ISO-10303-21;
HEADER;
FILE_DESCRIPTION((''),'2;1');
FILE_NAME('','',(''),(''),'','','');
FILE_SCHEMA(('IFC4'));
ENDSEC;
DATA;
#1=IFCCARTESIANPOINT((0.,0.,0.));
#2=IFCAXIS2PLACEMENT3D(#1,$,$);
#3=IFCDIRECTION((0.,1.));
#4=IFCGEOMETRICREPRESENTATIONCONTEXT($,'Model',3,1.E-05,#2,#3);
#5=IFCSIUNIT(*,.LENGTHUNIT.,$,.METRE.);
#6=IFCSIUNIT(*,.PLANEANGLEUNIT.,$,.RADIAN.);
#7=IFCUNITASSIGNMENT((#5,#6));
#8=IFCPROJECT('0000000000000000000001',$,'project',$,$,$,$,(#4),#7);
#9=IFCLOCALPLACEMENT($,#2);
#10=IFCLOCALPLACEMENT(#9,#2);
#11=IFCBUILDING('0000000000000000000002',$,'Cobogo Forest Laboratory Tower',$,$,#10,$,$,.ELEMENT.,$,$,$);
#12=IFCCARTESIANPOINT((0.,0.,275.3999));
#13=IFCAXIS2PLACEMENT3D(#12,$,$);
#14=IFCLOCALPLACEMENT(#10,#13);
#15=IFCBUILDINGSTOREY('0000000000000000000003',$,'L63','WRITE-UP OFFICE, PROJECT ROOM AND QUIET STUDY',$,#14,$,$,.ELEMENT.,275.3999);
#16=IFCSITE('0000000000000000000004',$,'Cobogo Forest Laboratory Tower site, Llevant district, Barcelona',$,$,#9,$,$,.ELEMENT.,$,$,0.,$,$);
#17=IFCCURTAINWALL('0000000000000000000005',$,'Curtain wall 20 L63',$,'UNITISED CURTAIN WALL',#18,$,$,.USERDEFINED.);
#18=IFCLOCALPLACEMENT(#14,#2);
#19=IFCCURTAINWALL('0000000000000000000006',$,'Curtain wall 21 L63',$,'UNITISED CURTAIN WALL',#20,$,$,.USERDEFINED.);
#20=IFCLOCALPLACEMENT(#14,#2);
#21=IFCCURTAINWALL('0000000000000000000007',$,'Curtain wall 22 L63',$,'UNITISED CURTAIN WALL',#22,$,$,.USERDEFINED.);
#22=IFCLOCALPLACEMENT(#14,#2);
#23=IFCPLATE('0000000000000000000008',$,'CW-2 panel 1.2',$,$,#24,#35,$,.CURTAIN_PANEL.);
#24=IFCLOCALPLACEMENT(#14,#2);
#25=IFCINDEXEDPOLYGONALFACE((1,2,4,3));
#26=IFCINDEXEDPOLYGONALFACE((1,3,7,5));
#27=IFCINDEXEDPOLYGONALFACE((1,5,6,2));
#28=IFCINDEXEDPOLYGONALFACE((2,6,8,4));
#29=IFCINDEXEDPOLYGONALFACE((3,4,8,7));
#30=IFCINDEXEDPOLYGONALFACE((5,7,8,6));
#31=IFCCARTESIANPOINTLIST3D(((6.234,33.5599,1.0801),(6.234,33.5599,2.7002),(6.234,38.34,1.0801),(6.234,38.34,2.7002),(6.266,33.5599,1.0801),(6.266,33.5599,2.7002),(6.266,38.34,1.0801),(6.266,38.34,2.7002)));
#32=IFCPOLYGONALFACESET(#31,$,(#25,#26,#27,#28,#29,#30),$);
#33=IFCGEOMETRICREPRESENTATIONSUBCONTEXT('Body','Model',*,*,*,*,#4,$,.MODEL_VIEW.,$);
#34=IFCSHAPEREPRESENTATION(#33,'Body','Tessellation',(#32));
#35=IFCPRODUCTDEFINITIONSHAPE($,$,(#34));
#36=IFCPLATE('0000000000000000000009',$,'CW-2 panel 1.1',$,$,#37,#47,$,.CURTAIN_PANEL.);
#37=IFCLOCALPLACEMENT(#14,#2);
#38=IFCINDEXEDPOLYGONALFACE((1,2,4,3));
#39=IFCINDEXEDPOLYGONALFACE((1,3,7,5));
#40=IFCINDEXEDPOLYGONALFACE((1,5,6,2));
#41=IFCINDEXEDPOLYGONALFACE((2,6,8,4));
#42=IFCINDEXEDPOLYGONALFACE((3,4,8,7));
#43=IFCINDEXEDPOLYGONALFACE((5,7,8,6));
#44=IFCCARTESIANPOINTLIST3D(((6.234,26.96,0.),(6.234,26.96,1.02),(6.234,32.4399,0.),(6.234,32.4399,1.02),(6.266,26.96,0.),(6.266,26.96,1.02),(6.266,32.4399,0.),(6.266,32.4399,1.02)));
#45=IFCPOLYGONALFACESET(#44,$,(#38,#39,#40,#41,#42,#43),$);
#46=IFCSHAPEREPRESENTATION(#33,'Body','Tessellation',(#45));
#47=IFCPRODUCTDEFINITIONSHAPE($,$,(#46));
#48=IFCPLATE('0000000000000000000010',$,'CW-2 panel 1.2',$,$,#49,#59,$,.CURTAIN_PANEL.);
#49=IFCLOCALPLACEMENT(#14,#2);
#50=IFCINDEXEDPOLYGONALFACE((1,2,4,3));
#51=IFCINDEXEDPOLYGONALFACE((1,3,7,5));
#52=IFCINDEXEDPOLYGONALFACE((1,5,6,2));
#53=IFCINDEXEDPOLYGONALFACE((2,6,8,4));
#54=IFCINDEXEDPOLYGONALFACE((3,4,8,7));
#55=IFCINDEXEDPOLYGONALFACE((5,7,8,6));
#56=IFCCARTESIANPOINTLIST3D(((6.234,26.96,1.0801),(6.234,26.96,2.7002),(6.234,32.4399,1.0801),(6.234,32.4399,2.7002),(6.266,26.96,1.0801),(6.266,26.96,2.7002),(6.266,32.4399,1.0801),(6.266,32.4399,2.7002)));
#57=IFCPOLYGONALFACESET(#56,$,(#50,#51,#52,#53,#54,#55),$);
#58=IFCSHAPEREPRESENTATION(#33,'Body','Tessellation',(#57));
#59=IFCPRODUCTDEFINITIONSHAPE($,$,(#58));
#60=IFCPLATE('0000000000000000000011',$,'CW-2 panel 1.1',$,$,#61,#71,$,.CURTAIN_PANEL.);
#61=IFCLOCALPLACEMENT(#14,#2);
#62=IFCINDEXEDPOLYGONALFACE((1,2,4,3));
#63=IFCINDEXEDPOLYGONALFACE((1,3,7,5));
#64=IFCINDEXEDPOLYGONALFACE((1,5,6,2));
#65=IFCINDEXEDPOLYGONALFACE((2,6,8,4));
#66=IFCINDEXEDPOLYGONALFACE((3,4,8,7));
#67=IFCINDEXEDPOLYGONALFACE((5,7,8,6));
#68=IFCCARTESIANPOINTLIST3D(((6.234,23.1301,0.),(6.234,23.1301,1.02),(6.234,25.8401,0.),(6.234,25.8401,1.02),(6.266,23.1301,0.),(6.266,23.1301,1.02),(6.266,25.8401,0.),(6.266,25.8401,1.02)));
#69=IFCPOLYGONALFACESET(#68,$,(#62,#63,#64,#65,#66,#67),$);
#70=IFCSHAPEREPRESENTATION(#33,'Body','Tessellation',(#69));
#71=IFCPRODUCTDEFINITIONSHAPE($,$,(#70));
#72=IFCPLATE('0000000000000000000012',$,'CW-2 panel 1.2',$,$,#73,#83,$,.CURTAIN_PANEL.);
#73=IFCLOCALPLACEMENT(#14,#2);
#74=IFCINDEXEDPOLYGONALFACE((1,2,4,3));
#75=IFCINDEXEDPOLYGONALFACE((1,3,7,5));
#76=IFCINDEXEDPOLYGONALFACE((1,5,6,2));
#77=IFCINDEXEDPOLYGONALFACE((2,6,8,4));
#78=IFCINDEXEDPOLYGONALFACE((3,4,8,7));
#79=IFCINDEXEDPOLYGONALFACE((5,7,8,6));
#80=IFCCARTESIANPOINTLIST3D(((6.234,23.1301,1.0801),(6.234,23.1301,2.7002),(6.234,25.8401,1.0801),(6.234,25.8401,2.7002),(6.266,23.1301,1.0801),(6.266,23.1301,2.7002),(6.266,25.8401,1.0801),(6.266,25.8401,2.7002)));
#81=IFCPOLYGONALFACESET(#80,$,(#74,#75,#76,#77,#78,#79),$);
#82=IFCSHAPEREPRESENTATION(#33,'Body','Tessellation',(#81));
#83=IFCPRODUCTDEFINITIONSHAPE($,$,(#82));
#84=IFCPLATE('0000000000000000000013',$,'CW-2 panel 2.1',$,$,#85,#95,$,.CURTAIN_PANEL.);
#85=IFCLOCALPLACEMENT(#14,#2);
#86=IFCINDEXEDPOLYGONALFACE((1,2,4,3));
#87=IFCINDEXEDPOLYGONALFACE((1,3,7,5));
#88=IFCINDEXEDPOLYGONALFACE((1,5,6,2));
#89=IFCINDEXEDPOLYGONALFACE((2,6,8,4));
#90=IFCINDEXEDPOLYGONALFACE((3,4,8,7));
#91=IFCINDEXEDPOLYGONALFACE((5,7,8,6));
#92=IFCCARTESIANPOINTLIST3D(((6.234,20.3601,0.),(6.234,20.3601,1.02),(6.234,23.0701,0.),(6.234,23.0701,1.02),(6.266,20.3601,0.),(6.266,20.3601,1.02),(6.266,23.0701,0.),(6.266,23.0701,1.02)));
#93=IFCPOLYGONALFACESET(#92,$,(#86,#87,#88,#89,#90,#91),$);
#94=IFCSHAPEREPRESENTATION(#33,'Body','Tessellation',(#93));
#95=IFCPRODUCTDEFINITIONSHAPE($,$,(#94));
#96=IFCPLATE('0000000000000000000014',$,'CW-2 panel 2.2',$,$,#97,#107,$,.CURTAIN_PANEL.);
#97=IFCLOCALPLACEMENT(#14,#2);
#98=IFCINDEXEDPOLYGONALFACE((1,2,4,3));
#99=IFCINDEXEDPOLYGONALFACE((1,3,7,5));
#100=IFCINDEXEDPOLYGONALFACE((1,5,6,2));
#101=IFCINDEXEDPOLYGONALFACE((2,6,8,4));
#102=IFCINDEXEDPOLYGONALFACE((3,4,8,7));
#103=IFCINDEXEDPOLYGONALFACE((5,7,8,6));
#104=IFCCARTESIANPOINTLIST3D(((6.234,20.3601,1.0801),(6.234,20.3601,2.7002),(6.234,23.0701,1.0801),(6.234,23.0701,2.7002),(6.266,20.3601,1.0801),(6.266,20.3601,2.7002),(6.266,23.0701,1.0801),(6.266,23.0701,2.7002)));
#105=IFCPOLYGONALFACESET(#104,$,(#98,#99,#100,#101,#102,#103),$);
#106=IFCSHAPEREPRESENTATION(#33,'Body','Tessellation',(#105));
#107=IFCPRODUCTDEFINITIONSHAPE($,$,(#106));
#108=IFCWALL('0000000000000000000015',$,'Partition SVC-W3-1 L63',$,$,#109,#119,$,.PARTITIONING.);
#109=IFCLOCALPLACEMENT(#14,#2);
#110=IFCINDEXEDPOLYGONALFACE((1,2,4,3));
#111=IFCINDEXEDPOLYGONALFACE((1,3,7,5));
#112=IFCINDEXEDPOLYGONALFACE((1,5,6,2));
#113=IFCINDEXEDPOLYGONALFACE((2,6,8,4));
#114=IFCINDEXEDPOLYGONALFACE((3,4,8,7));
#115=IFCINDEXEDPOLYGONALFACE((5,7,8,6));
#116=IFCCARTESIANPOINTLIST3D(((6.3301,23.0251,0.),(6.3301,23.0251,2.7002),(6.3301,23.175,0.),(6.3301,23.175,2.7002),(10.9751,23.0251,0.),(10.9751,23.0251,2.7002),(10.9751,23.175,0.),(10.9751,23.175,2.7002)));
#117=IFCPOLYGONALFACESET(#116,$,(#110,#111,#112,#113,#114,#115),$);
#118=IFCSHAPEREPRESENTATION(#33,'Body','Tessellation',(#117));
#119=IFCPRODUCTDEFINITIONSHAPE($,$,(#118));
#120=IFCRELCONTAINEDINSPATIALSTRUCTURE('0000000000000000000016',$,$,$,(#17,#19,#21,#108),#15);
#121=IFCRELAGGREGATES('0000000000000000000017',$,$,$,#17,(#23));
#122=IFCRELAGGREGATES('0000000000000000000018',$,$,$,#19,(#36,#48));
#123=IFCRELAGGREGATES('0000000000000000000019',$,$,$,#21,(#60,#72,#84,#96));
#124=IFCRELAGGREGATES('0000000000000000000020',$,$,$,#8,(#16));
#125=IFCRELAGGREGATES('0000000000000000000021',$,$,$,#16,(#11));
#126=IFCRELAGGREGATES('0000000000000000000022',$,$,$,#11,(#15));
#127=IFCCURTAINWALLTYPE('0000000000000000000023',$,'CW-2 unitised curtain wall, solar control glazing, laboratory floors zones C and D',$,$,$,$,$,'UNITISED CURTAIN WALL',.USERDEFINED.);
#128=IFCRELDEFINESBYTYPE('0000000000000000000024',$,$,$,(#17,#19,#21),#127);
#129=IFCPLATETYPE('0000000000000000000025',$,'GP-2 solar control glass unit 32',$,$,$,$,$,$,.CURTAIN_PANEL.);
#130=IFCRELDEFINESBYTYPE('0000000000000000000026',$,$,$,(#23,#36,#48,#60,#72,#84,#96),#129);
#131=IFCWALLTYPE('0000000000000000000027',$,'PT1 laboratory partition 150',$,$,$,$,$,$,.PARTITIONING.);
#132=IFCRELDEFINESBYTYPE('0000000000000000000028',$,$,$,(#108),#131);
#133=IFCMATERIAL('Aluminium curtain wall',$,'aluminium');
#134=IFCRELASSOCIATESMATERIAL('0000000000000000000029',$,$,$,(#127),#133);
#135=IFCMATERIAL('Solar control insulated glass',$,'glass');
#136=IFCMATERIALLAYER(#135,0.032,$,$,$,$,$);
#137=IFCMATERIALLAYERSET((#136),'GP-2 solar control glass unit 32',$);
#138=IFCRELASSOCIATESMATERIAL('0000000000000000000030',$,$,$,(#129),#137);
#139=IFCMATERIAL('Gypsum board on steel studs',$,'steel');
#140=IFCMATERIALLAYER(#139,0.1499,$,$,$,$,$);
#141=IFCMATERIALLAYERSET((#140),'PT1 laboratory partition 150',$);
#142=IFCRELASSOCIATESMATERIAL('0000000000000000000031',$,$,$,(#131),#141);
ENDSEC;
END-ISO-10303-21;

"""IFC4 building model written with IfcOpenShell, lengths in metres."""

from ifc_helpers import new_model, si_unit, direction, frame, frame_2d, origin, origin_2d, place, context, subcontext, project, spatial, rectangle, extrude, material, layer, layer_set, type_object, element, aggregate, save


model = new_model("IFC4")

# Units and contexts
model_context = context("Model", 3, precision=1e-05, world=origin(), true_north=direction((0.0, 1.0)))
body_context = subcontext(model_context, "Body", "Model", "MODEL_VIEW")
ifc_project = project(units=[si_unit("LENGTHUNIT", "METRE"), si_unit("PLANEANGLEUNIT", "RADIAN")], contexts=[model_context])

# Site, building, storey
site_placement = place(None, origin())
site = spatial("IfcSite", under=ifc_project, at=site_placement, Name="Cobogo Forest Laboratory Tower site, Llevant district, Barcelona", CompositionType="ELEMENT", RefElevation=0.0)
building_placement = place(site_placement, origin())
building = spatial("IfcBuilding", under=site, at=building_placement, Name="Cobogo Forest Laboratory Tower", CompositionType="ELEMENT")
storey_placement = place(building_placement, frame((0.0, 0.0, 275.3999)))
storey = spatial("IfcBuildingStorey", under=building, at=storey_placement, Name="L63", Description="WRITE-UP OFFICE, PROJECT ROOM AND QUIET STUDY", CompositionType="ELEMENT", Elevation=275.3999)

# Curtain wall
ifc_material_1 = material(Name="Aluminium curtain wall", Category="aluminium")
curtain_wall_type = type_object("IfcCurtainWallType", Name="CW-2 unitised curtain wall, solar control glazing, laboratory floors zones C and D", ElementType="UNITISED CURTAIN WALL", PredefinedType="USERDEFINED", material=ifc_material_1)
curtain_wall_1_placement = place(storey_placement, origin())
curtain_wall_1 = element("IfcCurtainWall", 1, at=curtain_wall_1_placement, inside=storey, type_object=curtain_wall_type, Name="Curtain wall 20 L63", ObjectType="UNITISED CURTAIN WALL", PredefinedType="USERDEFINED")

# Curtain walls
curtain_wall_2_placement = place(storey_placement, origin())
curtain_wall_2 = element("IfcCurtainWall", 2, at=curtain_wall_2_placement, inside=storey, type_object=curtain_wall_type, Name="Curtain wall 21 L63", ObjectType="UNITISED CURTAIN WALL", PredefinedType="USERDEFINED")
curtain_wall_3_placement = place(storey_placement, origin())
curtain_wall_3 = element("IfcCurtainWall", 3, at=curtain_wall_3_placement, inside=storey, type_object=curtain_wall_type, Name="Curtain wall 22 L63", ObjectType="UNITISED CURTAIN WALL", PredefinedType="USERDEFINED")

# Plates
ifc_material_2 = material(Name="Solar control insulated glass", Category="glass")
ifc_layer_1 = layer(ifc_material_2, 0.032)
ifc_layer_set_1 = layer_set([ifc_layer_1], Name="GP-2 solar control glass unit 32")
plate_type_1 = type_object("IfcPlateType", Name="GP-2 solar control glass unit 32", PredefinedType="CURTAIN_PANEL", material=ifc_layer_set_1)
plate_1_placement = place(storey_placement, frame((6.25, 35.95, 1.0801), z_axis=(0.0, 0.0, 1.0), x_axis=(0.0, -1.0, 0.0)))
plate_1 = element("IfcPlate", 4, at=plate_1_placement, type_object=plate_type_1, Name="CW-2 panel 1.2", PredefinedType="CURTAIN_PANEL", context=body_context, shape_type="SweptSolid", body=[
    extrude(rectangle(XDim=4.78, YDim=0.032, at=origin_2d()), origin(), (0.0, 0.0, 1.0), 1.6201),
])
aggregate(curtain_wall_1, [plate_1])
plate_2_placement = place(storey_placement, frame((6.25, 29.7, 0.0), z_axis=(0.0, 0.0, 1.0), x_axis=(0.0, -1.0, 0.0)))
plate_2 = element("IfcPlate", 5, at=plate_2_placement, type_object=plate_type_1, Name="CW-2 panel 1.1", PredefinedType="CURTAIN_PANEL", context=body_context, shape_type="SweptSolid", body=[
    extrude(rectangle(XDim=5.48, YDim=0.032, at=origin_2d()), origin(), (0.0, 0.0, 1.0), 1.02),
])
plate_3_placement = place(storey_placement, frame((6.25, 29.7, 1.0801), z_axis=(0.0, 0.0, 1.0), x_axis=(0.0, -1.0, 0.0)))
plate_3 = element("IfcPlate", 6, at=plate_3_placement, type_object=plate_type_1, Name="CW-2 panel 1.2", PredefinedType="CURTAIN_PANEL", context=body_context, shape_type="SweptSolid", body=[
    extrude(rectangle(XDim=5.48, YDim=0.032, at=origin_2d()), origin(), (0.0, 0.0, 1.0), 1.6201),
])
aggregate(curtain_wall_2, [plate_2, plate_3])
plate_4_placement = place(storey_placement, frame((6.25, 24.4851, 0.0), z_axis=(0.0, 0.0, 1.0), x_axis=(0.0, -1.0, 0.0)))
plate_4 = element("IfcPlate", 7, at=plate_4_placement, type_object=plate_type_1, Name="CW-2 panel 1.1", PredefinedType="CURTAIN_PANEL", context=body_context, shape_type="SweptSolid", body=[
    extrude(rectangle(XDim=2.71, YDim=0.032, at=origin_2d()), origin(), (0.0, 0.0, 1.0), 1.02),
])
plate_5_placement = place(storey_placement, frame((6.25, 24.4851, 1.0801), z_axis=(0.0, 0.0, 1.0), x_axis=(0.0, -1.0, 0.0)))
plate_5 = element("IfcPlate", 8, at=plate_5_placement, type_object=plate_type_1, Name="CW-2 panel 1.2", PredefinedType="CURTAIN_PANEL", context=body_context, shape_type="SweptSolid", body=[
    extrude(rectangle(XDim=2.71, YDim=0.032, at=origin_2d()), origin(), (0.0, 0.0, 1.0), 1.6201),
])
plate_6_placement = place(storey_placement, frame((6.25, 21.7151, 0.0), z_axis=(0.0, 0.0, 1.0), x_axis=(0.0, -1.0, 0.0)))
plate_6 = element("IfcPlate", 9, at=plate_6_placement, type_object=plate_type_1, Name="CW-2 panel 2.1", PredefinedType="CURTAIN_PANEL", context=body_context, shape_type="SweptSolid", body=[
    extrude(rectangle(XDim=2.71, YDim=0.032, at=origin_2d()), origin(), (0.0, 0.0, 1.0), 1.02),
])
plate_7_placement = place(storey_placement, frame((6.25, 21.7151, 1.0801), z_axis=(0.0, 0.0, 1.0), x_axis=(0.0, -1.0, 0.0)))
plate_7 = element("IfcPlate", 10, at=plate_7_placement, type_object=plate_type_1, Name="CW-2 panel 2.2", PredefinedType="CURTAIN_PANEL", context=body_context, shape_type="SweptSolid", body=[
    extrude(rectangle(XDim=2.71, YDim=0.032, at=origin_2d()), origin(), (0.0, 0.0, 1.0), 1.6201),
])
aggregate(curtain_wall_3, [plate_4, plate_5, plate_6, plate_7])

# Wall
ifc_material_3 = material(Name="Gypsum board on steel studs", Category="steel")
ifc_layer_2 = layer(ifc_material_3, 0.1499)
ifc_layer_set_2 = layer_set([ifc_layer_2], Name="PT1 laboratory partition 150")
wall_type = type_object("IfcWallType", Name="PT1 laboratory partition 150", PredefinedType="PARTITIONING", material=ifc_layer_set_2)
wall_placement = place(storey_placement, frame((6.3301, 23.1001, 0.0), z_axis=(0.0, 0.0, 1.0), x_axis=(1.0, 0.0, 0.0)))
element("IfcWall", 11, at=wall_placement, inside=storey, type_object=wall_type, Name="Partition SVC-W3-1 L63", PredefinedType="PARTITIONING", context=body_context, shape_type="SweptSolid", body=[
    extrude(rectangle(XDim=4.645, YDim=0.1499, at=frame_2d((2.3225, 0.0))), origin(), (0.0, 0.0, 1.0), 2.7002),
])

save(model, "model.ifc")
